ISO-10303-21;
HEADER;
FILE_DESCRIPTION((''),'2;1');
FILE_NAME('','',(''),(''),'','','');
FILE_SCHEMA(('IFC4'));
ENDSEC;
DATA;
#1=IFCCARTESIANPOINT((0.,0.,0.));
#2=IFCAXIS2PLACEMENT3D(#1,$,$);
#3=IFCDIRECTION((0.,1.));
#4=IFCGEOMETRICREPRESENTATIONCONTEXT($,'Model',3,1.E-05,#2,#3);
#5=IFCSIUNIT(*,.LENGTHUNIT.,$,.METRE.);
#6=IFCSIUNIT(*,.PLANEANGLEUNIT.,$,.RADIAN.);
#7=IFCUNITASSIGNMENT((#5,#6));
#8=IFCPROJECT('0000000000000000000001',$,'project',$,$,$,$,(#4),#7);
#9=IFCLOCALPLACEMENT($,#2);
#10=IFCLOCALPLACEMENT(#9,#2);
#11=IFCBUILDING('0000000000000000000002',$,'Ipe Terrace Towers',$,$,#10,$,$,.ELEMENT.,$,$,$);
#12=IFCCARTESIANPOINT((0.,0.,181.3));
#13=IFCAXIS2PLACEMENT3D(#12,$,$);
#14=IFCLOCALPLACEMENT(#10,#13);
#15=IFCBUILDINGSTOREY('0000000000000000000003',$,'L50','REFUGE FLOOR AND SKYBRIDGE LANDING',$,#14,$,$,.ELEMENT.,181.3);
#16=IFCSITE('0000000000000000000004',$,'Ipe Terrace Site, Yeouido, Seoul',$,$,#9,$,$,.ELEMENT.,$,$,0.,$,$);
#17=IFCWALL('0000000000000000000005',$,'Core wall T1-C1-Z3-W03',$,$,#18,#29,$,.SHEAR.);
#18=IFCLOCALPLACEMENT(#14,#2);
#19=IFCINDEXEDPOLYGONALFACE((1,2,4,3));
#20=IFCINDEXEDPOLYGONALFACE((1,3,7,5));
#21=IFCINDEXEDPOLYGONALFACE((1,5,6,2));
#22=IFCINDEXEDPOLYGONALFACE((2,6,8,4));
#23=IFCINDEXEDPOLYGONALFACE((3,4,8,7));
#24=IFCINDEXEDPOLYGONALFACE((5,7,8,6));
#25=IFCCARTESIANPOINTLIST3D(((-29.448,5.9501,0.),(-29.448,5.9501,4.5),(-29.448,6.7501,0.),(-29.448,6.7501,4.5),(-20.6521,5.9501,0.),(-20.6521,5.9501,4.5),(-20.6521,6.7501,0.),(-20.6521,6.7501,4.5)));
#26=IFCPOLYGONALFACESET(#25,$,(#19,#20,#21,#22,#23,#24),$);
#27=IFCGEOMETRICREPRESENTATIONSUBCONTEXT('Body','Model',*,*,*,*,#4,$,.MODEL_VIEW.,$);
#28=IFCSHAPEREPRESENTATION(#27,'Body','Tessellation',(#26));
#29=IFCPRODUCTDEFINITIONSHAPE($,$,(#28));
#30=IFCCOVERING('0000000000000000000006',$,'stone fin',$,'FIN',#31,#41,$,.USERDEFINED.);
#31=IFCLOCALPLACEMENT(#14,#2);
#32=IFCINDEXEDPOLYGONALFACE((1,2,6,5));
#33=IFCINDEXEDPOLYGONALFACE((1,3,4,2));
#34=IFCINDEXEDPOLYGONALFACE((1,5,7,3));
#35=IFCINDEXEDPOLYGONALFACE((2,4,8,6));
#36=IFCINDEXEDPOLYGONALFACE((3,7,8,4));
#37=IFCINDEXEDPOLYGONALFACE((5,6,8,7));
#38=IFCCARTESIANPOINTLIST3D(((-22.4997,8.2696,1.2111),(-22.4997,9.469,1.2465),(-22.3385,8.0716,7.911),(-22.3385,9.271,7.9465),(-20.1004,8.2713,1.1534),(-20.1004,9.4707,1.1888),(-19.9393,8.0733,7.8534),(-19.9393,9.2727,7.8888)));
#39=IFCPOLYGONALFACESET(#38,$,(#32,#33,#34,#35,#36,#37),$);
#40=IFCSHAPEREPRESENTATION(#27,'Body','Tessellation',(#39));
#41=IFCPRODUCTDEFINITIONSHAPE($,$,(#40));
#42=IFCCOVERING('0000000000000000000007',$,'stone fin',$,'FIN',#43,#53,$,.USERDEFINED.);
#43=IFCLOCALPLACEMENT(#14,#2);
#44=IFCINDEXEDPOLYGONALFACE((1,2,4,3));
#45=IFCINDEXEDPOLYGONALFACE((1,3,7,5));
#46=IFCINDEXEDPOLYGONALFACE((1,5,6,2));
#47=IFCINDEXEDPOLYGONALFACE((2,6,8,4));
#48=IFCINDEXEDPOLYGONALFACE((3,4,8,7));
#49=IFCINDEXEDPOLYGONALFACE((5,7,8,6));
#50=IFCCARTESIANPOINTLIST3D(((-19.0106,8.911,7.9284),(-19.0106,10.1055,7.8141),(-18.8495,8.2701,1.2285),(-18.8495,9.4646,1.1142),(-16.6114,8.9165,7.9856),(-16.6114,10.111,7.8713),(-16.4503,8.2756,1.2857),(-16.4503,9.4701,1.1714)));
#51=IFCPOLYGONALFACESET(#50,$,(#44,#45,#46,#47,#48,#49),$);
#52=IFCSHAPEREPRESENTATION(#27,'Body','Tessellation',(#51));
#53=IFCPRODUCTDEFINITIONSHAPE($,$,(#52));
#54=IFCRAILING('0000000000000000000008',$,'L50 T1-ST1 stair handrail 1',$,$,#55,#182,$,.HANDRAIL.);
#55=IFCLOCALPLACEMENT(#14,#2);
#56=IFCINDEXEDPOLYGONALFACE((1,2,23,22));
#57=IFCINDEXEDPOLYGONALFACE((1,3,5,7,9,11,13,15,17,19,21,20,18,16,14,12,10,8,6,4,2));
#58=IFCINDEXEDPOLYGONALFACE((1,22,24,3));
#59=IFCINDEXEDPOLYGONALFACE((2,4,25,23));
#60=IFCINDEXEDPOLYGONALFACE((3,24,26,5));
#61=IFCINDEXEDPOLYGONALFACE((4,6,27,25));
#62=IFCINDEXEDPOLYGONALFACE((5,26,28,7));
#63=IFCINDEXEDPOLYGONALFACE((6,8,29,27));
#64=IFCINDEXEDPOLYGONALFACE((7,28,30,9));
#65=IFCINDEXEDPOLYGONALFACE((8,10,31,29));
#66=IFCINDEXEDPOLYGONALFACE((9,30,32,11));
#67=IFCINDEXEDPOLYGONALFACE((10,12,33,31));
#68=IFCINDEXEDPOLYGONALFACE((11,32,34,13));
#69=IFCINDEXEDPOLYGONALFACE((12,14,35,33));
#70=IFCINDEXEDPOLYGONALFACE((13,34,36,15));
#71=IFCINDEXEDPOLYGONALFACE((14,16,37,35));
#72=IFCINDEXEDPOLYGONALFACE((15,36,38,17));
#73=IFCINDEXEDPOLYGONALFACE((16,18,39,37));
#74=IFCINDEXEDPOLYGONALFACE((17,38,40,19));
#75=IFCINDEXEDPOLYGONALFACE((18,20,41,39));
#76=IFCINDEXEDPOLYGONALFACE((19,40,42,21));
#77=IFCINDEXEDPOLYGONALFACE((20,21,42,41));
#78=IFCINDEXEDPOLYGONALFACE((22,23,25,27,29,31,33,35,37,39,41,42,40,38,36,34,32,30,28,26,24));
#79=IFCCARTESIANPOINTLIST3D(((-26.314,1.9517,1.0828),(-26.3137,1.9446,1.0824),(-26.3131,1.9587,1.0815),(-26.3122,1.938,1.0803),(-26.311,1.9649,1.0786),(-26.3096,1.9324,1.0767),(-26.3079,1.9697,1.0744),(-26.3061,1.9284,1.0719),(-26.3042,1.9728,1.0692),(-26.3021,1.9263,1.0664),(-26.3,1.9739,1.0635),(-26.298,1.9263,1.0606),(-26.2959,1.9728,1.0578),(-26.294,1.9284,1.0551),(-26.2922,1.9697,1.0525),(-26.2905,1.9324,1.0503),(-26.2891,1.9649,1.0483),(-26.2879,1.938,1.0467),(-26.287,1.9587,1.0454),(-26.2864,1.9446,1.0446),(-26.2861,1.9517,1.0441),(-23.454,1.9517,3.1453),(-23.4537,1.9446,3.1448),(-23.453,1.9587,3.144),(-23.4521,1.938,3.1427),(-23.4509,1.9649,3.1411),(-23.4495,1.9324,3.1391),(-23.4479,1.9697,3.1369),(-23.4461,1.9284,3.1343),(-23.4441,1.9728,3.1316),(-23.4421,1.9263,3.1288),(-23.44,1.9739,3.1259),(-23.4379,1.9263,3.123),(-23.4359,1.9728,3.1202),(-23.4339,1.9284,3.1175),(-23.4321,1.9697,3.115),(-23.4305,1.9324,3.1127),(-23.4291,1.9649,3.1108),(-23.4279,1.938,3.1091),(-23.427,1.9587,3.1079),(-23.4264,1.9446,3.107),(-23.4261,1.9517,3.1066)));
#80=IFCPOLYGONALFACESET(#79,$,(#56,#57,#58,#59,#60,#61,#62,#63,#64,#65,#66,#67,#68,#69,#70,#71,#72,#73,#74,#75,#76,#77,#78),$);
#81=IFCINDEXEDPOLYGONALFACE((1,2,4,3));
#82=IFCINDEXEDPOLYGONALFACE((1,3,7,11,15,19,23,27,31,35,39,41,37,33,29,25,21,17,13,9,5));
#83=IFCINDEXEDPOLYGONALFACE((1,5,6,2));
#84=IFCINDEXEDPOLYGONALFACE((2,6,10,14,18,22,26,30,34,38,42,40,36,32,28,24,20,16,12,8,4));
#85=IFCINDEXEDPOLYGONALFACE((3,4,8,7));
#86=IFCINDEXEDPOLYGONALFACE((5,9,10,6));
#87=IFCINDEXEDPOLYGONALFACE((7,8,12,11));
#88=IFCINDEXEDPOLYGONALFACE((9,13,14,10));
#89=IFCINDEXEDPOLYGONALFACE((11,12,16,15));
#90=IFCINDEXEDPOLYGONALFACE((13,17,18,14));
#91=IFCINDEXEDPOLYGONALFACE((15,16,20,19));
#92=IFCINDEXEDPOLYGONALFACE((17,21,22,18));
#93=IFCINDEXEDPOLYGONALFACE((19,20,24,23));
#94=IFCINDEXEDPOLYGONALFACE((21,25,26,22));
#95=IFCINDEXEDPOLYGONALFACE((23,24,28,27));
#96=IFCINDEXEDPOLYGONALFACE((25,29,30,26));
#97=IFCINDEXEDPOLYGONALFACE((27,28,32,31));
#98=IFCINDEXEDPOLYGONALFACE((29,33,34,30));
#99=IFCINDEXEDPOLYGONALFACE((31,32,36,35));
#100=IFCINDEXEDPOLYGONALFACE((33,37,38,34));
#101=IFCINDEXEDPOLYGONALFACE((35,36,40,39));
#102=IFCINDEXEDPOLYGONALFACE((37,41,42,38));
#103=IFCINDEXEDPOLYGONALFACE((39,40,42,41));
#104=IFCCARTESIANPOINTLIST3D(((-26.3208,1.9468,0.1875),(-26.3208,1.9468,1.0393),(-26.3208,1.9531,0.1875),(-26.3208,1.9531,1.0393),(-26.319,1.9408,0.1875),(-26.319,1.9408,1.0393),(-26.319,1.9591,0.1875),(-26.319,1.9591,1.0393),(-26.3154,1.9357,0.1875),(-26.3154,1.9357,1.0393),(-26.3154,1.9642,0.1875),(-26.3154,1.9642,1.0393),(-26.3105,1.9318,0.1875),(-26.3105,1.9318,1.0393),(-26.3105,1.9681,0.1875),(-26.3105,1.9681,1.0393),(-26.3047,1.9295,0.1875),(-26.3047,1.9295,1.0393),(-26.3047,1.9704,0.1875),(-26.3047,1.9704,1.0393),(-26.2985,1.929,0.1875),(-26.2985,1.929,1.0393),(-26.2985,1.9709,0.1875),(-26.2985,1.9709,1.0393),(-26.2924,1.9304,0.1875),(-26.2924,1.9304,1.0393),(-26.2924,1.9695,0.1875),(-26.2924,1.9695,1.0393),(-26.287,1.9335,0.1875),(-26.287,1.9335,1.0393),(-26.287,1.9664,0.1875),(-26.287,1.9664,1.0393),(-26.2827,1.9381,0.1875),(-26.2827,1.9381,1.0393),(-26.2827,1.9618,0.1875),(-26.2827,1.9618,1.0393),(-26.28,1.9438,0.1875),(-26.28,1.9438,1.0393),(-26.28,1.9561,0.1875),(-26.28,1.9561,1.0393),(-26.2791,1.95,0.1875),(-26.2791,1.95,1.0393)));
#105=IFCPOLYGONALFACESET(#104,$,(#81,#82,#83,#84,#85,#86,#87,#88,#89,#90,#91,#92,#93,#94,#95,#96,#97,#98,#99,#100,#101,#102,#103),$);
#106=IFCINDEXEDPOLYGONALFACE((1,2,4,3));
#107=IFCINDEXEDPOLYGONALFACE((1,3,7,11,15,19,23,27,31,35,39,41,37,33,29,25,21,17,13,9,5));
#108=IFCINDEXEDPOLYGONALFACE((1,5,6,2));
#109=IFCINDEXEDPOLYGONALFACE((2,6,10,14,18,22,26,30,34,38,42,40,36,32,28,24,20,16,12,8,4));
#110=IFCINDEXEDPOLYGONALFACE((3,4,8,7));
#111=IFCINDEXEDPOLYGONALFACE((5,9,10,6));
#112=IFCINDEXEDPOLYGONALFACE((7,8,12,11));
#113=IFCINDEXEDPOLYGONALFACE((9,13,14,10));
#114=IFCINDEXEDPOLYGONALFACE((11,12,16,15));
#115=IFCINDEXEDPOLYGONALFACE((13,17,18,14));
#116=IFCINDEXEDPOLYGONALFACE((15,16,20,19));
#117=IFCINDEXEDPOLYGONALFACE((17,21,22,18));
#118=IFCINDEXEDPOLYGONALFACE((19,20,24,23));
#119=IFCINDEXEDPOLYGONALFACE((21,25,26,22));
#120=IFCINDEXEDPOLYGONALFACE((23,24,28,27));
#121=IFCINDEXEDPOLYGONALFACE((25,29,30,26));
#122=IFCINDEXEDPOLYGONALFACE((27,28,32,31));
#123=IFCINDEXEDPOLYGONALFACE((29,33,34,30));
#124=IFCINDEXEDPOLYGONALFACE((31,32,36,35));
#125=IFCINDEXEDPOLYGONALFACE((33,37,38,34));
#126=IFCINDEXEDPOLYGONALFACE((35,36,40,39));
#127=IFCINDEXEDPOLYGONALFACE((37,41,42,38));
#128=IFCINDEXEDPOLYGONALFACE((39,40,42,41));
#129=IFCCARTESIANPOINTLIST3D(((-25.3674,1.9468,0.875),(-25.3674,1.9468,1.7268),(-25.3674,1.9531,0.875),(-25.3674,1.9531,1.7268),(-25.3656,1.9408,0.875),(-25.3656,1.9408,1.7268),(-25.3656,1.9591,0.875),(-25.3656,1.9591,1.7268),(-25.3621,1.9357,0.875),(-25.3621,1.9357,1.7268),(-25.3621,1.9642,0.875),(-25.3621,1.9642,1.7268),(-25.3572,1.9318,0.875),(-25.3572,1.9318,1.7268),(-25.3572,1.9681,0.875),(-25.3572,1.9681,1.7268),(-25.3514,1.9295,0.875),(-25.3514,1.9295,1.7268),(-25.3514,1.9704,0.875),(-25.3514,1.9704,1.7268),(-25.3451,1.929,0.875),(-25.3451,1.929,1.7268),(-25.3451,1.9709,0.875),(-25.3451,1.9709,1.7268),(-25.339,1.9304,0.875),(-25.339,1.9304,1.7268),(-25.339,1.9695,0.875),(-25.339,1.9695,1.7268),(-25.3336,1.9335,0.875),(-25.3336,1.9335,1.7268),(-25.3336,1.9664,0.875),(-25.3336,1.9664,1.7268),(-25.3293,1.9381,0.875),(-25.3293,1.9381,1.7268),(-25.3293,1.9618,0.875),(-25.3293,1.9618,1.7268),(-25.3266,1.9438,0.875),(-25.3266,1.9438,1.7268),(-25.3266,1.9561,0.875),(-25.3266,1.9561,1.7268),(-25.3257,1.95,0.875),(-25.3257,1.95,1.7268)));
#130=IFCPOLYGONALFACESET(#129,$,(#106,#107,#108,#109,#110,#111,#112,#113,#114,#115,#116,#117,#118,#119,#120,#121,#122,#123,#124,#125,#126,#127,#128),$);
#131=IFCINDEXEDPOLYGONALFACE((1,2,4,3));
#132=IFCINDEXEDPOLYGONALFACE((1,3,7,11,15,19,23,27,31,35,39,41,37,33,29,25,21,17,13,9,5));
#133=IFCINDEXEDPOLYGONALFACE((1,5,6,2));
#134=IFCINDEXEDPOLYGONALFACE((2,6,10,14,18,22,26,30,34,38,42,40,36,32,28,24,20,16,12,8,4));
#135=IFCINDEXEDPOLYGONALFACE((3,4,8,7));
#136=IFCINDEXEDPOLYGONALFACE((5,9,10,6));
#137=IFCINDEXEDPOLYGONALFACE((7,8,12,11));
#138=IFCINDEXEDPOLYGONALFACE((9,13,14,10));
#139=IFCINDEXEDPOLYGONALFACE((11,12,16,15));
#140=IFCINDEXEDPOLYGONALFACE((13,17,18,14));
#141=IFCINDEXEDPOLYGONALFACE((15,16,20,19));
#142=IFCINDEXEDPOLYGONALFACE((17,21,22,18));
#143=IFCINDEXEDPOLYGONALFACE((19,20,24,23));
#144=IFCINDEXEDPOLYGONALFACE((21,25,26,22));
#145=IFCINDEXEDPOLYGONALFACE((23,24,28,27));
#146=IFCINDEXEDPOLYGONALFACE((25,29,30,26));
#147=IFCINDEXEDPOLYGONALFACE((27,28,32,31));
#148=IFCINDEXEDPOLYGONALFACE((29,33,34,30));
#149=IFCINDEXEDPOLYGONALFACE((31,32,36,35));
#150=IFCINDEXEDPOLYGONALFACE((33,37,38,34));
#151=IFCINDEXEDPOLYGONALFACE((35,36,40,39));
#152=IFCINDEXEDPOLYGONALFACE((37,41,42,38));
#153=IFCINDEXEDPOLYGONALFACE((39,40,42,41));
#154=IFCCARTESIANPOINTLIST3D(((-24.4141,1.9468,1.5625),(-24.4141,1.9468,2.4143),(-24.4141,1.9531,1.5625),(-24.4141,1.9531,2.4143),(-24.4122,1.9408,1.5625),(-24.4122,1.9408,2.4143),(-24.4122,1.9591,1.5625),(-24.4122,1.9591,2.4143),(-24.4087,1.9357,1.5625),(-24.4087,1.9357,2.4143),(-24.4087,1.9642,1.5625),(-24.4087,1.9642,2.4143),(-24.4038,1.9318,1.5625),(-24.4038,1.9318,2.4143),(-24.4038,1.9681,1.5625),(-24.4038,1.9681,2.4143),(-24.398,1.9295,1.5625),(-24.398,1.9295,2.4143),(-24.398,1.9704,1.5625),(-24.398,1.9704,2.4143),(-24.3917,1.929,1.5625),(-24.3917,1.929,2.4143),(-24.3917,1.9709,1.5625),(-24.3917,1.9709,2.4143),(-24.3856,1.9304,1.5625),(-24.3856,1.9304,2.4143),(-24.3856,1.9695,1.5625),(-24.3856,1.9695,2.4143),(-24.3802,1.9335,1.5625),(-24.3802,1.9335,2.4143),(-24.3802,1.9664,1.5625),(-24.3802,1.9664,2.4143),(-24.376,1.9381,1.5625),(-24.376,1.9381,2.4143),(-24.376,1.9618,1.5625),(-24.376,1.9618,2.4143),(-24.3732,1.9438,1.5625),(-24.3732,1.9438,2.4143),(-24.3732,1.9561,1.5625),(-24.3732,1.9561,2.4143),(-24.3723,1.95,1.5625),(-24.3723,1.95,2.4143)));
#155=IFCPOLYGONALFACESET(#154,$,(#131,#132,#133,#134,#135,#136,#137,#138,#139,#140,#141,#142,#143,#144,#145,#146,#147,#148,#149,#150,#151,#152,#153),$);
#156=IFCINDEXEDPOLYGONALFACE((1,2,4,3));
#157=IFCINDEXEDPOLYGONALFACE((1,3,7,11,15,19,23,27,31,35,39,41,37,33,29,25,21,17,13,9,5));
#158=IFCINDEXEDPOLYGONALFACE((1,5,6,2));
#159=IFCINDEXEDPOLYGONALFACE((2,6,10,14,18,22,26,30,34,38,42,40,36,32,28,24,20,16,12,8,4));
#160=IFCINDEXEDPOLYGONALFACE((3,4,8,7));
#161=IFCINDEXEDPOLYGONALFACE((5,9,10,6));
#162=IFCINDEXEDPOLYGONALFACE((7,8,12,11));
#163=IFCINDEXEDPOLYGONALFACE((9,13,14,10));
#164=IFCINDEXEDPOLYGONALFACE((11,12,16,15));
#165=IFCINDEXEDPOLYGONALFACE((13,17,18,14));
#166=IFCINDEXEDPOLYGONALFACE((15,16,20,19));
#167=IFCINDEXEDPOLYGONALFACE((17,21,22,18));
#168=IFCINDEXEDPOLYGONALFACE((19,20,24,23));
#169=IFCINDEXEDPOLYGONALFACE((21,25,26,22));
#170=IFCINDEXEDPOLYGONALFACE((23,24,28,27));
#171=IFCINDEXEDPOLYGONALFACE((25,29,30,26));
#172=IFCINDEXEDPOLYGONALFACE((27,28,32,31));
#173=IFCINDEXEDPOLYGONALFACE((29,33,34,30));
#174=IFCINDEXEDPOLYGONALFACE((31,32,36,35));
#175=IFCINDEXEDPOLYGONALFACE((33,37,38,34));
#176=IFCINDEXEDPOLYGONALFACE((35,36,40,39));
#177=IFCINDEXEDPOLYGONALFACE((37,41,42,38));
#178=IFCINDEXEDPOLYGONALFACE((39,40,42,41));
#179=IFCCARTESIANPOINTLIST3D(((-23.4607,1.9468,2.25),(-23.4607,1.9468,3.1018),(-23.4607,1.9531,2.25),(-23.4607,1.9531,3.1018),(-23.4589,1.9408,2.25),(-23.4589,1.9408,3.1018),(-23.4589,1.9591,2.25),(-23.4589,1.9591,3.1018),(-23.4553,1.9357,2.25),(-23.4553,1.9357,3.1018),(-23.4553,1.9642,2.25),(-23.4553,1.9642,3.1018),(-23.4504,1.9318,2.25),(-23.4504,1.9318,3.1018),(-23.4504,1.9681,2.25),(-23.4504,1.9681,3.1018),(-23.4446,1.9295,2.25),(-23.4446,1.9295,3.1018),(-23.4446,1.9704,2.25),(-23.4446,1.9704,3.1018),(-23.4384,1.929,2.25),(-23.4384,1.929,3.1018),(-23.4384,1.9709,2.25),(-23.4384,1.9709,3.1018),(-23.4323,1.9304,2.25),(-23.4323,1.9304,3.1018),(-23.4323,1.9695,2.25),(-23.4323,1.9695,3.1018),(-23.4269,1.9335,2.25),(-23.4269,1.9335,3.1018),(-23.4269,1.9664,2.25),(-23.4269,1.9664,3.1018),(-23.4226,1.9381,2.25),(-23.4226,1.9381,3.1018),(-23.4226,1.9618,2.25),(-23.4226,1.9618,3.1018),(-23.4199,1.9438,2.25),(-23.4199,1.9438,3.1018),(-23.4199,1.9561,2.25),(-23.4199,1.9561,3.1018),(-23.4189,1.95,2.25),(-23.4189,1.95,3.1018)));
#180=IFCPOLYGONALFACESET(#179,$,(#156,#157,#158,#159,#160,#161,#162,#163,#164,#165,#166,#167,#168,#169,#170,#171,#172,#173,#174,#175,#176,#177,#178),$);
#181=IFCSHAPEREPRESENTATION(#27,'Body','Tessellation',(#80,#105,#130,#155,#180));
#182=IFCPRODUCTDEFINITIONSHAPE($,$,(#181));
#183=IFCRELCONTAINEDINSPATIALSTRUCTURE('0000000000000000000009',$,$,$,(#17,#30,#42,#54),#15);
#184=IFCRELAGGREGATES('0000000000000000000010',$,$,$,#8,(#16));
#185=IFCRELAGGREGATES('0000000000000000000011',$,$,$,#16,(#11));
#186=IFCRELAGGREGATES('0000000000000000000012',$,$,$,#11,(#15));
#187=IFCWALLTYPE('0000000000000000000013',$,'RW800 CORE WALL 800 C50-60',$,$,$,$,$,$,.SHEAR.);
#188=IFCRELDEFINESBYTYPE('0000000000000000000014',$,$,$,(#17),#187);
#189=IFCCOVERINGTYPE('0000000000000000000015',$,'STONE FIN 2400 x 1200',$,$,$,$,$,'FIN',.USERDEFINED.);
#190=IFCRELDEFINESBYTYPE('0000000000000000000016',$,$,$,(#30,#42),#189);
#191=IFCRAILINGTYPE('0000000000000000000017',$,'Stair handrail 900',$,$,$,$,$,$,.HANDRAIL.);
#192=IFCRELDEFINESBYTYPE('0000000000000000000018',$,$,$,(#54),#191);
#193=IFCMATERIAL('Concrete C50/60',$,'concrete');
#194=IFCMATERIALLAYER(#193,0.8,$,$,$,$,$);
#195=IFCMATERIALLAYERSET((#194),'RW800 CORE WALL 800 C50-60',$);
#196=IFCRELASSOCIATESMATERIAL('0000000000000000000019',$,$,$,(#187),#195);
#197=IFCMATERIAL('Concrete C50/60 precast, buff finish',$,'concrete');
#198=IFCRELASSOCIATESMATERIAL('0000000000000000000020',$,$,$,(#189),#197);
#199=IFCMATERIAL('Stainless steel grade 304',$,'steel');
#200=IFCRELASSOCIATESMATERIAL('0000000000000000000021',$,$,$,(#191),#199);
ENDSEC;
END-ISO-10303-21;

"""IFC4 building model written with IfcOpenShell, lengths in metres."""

from ifc_helpers import new_model, si_unit, direction, frame, frame_2d, origin, origin_2d, place, context, subcontext, project, spatial, rectangle, circle, extrude, material, layer, layer_set, material_profile, profile_set, type_object, element, save


model = new_model("IFC4")

# Units and contexts
model_context = context("Model", 3, precision=1e-05, world=origin(), true_north=direction((0.0, 1.0)))
body_context = subcontext(model_context, "Body", "Model", "MODEL_VIEW")
ifc_project = project(units=[si_unit("LENGTHUNIT", "METRE"), si_unit("PLANEANGLEUNIT", "RADIAN")], contexts=[model_context])

# Site, building, storey
site_placement = place(None, origin())
site = spatial("IfcSite", under=ifc_project, at=site_placement, Name="Ipe Terrace Site, Yeouido, Seoul", CompositionType="ELEMENT", RefElevation=0.0)
building_placement = place(site_placement, origin())
building = spatial("IfcBuilding", under=site, at=building_placement, Name="Ipe Terrace Towers", CompositionType="ELEMENT")
storey_placement = place(building_placement, frame((0.0, 0.0, 181.3)))
storey = spatial("IfcBuildingStorey", under=building, at=storey_placement, Name="L50", Description="REFUGE FLOOR AND SKYBRIDGE LANDING", CompositionType="ELEMENT", Elevation=181.3)

# Wall
ifc_material_1 = material(Name="Concrete C50/60", Category="concrete")
ifc_layer_1 = layer(ifc_material_1, 0.8)
ifc_layer_set_1 = layer_set([ifc_layer_1], Name="RW800 CORE WALL 800 C50-60")
wall_type_1 = type_object("IfcWallType", Name="RW800 CORE WALL 800 C50-60", PredefinedType="SHEAR", material=ifc_layer_set_1)
wall_1_placement = place(storey_placement, frame((-20.6521, 6.3501, 0.0), z_axis=(0.0, 0.0, 1.0), x_axis=(-1.0, 0.0, 0.0)))
element("IfcWall", 1, at=wall_1_placement, inside=storey, type_object=wall_type_1, Name="Core wall T1-C1-Z3-W03", PredefinedType="SHEAR", context=body_context, shape_type="SweptSolid", body=[
    extrude(rectangle(XDim=8.7959, YDim=0.8, at=frame_2d((4.3979, 0.0))), origin(), (0.0, 0.0, 1.0), 4.5),
])

# Coverings
ifc_material_2 = material(Name="Concrete C50/60 precast, buff finish", Category="concrete")
ifc_material_profile_1 = material_profile(ifc_material_2, rectangle(XDim=2.3999, YDim=1.2, at=origin_2d()), Name="STONE FIN 2400 x 1200")
ifc_profile_set_1 = profile_set([ifc_material_profile_1], Name="Concrete C50/60 precast, buff finish")
covering_type = type_object("IfcCoveringType", Name="STONE FIN 2400 x 1200", ElementType="FIN", PredefinedType="USERDEFINED", material=ifc_profile_set_1)
covering_1_placement = place(storey_placement, frame((-21.3, 8.8701, 1.2), z_axis=(0.024032, -0.029531, 0.999275), x_axis=(-0.999711, -0.00071, 0.024022)))
element("IfcCovering", 2, at=covering_1_placement, inside=storey, type_object=covering_type, Name="stone fin", ObjectType="FIN", PredefinedType="USERDEFINED", context=body_context, shape_type="SweptSolid", body=[
    extrude(rectangle(XDim=2.3999, YDim=1.2, at=origin_2d()), origin(), (0.0, 0.0, 1.0), 6.7048),
])
covering_2_placement = place(storey_placement, frame((-17.6499, 8.8701, 1.2), z_axis=(-0.023934, 0.095191, 0.995171), x_axis=(-0.999714, -0.002279, -0.023825)))
element("IfcCovering", 3, at=covering_2_placement, inside=storey, type_object=covering_type, Name="stone fin", ObjectType="FIN", PredefinedType="USERDEFINED", context=body_context, shape_type="SweptSolid", body=[
    extrude(rectangle(XDim=2.3999, YDim=1.2, at=origin_2d()), origin(), (0.0, 0.0, 1.0), 6.7324),
])

# Railing
ifc_material_3 = material(Name="Stainless steel grade 304", Category="steel")
railing_type_1 = type_object("IfcRailingType", Name="Stair handrail 900", PredefinedType="HANDRAIL", material=ifc_material_3)
railing_1_placement = place(storey_placement, frame((-26.3, 1.95, 0.1875)))
element("IfcRailing", 4, at=railing_1_placement, inside=storey, type_object=railing_type_1, Name="L50 T1-ST1 stair handrail 1", PredefinedType="HANDRAIL", context=body_context, shape_type="SweptSolid", body=[
    extrude(circle(Radius=0.0239, at=origin_2d()), frame((0.0, 0.0, 0.876), z_axis=(0.811101, 0.0, 0.584906), x_axis=(0.0, 1.0, 0.0)), (0.0, 0.0, 1.0), 3.5261),
    extrude(circle(Radius=0.021, at=origin_2d()), origin(), (0.0, 0.0, 1.0), 0.8518),
    extrude(circle(Radius=0.021, at=origin_2d()), frame((0.9534, 0.0, 0.6875)), (0.0, 0.0, 1.0), 0.8518),
    extrude(circle(Radius=0.021, at=origin_2d()), frame((1.9067, 0.0, 1.375)), (0.0, 0.0, 1.0), 0.8518),
    extrude(circle(Radius=0.021, at=origin_2d()), frame((2.8601, 0.0, 2.0625)), (0.0, 0.0, 1.0), 0.8518),
])

save(model, "model.ifc")
